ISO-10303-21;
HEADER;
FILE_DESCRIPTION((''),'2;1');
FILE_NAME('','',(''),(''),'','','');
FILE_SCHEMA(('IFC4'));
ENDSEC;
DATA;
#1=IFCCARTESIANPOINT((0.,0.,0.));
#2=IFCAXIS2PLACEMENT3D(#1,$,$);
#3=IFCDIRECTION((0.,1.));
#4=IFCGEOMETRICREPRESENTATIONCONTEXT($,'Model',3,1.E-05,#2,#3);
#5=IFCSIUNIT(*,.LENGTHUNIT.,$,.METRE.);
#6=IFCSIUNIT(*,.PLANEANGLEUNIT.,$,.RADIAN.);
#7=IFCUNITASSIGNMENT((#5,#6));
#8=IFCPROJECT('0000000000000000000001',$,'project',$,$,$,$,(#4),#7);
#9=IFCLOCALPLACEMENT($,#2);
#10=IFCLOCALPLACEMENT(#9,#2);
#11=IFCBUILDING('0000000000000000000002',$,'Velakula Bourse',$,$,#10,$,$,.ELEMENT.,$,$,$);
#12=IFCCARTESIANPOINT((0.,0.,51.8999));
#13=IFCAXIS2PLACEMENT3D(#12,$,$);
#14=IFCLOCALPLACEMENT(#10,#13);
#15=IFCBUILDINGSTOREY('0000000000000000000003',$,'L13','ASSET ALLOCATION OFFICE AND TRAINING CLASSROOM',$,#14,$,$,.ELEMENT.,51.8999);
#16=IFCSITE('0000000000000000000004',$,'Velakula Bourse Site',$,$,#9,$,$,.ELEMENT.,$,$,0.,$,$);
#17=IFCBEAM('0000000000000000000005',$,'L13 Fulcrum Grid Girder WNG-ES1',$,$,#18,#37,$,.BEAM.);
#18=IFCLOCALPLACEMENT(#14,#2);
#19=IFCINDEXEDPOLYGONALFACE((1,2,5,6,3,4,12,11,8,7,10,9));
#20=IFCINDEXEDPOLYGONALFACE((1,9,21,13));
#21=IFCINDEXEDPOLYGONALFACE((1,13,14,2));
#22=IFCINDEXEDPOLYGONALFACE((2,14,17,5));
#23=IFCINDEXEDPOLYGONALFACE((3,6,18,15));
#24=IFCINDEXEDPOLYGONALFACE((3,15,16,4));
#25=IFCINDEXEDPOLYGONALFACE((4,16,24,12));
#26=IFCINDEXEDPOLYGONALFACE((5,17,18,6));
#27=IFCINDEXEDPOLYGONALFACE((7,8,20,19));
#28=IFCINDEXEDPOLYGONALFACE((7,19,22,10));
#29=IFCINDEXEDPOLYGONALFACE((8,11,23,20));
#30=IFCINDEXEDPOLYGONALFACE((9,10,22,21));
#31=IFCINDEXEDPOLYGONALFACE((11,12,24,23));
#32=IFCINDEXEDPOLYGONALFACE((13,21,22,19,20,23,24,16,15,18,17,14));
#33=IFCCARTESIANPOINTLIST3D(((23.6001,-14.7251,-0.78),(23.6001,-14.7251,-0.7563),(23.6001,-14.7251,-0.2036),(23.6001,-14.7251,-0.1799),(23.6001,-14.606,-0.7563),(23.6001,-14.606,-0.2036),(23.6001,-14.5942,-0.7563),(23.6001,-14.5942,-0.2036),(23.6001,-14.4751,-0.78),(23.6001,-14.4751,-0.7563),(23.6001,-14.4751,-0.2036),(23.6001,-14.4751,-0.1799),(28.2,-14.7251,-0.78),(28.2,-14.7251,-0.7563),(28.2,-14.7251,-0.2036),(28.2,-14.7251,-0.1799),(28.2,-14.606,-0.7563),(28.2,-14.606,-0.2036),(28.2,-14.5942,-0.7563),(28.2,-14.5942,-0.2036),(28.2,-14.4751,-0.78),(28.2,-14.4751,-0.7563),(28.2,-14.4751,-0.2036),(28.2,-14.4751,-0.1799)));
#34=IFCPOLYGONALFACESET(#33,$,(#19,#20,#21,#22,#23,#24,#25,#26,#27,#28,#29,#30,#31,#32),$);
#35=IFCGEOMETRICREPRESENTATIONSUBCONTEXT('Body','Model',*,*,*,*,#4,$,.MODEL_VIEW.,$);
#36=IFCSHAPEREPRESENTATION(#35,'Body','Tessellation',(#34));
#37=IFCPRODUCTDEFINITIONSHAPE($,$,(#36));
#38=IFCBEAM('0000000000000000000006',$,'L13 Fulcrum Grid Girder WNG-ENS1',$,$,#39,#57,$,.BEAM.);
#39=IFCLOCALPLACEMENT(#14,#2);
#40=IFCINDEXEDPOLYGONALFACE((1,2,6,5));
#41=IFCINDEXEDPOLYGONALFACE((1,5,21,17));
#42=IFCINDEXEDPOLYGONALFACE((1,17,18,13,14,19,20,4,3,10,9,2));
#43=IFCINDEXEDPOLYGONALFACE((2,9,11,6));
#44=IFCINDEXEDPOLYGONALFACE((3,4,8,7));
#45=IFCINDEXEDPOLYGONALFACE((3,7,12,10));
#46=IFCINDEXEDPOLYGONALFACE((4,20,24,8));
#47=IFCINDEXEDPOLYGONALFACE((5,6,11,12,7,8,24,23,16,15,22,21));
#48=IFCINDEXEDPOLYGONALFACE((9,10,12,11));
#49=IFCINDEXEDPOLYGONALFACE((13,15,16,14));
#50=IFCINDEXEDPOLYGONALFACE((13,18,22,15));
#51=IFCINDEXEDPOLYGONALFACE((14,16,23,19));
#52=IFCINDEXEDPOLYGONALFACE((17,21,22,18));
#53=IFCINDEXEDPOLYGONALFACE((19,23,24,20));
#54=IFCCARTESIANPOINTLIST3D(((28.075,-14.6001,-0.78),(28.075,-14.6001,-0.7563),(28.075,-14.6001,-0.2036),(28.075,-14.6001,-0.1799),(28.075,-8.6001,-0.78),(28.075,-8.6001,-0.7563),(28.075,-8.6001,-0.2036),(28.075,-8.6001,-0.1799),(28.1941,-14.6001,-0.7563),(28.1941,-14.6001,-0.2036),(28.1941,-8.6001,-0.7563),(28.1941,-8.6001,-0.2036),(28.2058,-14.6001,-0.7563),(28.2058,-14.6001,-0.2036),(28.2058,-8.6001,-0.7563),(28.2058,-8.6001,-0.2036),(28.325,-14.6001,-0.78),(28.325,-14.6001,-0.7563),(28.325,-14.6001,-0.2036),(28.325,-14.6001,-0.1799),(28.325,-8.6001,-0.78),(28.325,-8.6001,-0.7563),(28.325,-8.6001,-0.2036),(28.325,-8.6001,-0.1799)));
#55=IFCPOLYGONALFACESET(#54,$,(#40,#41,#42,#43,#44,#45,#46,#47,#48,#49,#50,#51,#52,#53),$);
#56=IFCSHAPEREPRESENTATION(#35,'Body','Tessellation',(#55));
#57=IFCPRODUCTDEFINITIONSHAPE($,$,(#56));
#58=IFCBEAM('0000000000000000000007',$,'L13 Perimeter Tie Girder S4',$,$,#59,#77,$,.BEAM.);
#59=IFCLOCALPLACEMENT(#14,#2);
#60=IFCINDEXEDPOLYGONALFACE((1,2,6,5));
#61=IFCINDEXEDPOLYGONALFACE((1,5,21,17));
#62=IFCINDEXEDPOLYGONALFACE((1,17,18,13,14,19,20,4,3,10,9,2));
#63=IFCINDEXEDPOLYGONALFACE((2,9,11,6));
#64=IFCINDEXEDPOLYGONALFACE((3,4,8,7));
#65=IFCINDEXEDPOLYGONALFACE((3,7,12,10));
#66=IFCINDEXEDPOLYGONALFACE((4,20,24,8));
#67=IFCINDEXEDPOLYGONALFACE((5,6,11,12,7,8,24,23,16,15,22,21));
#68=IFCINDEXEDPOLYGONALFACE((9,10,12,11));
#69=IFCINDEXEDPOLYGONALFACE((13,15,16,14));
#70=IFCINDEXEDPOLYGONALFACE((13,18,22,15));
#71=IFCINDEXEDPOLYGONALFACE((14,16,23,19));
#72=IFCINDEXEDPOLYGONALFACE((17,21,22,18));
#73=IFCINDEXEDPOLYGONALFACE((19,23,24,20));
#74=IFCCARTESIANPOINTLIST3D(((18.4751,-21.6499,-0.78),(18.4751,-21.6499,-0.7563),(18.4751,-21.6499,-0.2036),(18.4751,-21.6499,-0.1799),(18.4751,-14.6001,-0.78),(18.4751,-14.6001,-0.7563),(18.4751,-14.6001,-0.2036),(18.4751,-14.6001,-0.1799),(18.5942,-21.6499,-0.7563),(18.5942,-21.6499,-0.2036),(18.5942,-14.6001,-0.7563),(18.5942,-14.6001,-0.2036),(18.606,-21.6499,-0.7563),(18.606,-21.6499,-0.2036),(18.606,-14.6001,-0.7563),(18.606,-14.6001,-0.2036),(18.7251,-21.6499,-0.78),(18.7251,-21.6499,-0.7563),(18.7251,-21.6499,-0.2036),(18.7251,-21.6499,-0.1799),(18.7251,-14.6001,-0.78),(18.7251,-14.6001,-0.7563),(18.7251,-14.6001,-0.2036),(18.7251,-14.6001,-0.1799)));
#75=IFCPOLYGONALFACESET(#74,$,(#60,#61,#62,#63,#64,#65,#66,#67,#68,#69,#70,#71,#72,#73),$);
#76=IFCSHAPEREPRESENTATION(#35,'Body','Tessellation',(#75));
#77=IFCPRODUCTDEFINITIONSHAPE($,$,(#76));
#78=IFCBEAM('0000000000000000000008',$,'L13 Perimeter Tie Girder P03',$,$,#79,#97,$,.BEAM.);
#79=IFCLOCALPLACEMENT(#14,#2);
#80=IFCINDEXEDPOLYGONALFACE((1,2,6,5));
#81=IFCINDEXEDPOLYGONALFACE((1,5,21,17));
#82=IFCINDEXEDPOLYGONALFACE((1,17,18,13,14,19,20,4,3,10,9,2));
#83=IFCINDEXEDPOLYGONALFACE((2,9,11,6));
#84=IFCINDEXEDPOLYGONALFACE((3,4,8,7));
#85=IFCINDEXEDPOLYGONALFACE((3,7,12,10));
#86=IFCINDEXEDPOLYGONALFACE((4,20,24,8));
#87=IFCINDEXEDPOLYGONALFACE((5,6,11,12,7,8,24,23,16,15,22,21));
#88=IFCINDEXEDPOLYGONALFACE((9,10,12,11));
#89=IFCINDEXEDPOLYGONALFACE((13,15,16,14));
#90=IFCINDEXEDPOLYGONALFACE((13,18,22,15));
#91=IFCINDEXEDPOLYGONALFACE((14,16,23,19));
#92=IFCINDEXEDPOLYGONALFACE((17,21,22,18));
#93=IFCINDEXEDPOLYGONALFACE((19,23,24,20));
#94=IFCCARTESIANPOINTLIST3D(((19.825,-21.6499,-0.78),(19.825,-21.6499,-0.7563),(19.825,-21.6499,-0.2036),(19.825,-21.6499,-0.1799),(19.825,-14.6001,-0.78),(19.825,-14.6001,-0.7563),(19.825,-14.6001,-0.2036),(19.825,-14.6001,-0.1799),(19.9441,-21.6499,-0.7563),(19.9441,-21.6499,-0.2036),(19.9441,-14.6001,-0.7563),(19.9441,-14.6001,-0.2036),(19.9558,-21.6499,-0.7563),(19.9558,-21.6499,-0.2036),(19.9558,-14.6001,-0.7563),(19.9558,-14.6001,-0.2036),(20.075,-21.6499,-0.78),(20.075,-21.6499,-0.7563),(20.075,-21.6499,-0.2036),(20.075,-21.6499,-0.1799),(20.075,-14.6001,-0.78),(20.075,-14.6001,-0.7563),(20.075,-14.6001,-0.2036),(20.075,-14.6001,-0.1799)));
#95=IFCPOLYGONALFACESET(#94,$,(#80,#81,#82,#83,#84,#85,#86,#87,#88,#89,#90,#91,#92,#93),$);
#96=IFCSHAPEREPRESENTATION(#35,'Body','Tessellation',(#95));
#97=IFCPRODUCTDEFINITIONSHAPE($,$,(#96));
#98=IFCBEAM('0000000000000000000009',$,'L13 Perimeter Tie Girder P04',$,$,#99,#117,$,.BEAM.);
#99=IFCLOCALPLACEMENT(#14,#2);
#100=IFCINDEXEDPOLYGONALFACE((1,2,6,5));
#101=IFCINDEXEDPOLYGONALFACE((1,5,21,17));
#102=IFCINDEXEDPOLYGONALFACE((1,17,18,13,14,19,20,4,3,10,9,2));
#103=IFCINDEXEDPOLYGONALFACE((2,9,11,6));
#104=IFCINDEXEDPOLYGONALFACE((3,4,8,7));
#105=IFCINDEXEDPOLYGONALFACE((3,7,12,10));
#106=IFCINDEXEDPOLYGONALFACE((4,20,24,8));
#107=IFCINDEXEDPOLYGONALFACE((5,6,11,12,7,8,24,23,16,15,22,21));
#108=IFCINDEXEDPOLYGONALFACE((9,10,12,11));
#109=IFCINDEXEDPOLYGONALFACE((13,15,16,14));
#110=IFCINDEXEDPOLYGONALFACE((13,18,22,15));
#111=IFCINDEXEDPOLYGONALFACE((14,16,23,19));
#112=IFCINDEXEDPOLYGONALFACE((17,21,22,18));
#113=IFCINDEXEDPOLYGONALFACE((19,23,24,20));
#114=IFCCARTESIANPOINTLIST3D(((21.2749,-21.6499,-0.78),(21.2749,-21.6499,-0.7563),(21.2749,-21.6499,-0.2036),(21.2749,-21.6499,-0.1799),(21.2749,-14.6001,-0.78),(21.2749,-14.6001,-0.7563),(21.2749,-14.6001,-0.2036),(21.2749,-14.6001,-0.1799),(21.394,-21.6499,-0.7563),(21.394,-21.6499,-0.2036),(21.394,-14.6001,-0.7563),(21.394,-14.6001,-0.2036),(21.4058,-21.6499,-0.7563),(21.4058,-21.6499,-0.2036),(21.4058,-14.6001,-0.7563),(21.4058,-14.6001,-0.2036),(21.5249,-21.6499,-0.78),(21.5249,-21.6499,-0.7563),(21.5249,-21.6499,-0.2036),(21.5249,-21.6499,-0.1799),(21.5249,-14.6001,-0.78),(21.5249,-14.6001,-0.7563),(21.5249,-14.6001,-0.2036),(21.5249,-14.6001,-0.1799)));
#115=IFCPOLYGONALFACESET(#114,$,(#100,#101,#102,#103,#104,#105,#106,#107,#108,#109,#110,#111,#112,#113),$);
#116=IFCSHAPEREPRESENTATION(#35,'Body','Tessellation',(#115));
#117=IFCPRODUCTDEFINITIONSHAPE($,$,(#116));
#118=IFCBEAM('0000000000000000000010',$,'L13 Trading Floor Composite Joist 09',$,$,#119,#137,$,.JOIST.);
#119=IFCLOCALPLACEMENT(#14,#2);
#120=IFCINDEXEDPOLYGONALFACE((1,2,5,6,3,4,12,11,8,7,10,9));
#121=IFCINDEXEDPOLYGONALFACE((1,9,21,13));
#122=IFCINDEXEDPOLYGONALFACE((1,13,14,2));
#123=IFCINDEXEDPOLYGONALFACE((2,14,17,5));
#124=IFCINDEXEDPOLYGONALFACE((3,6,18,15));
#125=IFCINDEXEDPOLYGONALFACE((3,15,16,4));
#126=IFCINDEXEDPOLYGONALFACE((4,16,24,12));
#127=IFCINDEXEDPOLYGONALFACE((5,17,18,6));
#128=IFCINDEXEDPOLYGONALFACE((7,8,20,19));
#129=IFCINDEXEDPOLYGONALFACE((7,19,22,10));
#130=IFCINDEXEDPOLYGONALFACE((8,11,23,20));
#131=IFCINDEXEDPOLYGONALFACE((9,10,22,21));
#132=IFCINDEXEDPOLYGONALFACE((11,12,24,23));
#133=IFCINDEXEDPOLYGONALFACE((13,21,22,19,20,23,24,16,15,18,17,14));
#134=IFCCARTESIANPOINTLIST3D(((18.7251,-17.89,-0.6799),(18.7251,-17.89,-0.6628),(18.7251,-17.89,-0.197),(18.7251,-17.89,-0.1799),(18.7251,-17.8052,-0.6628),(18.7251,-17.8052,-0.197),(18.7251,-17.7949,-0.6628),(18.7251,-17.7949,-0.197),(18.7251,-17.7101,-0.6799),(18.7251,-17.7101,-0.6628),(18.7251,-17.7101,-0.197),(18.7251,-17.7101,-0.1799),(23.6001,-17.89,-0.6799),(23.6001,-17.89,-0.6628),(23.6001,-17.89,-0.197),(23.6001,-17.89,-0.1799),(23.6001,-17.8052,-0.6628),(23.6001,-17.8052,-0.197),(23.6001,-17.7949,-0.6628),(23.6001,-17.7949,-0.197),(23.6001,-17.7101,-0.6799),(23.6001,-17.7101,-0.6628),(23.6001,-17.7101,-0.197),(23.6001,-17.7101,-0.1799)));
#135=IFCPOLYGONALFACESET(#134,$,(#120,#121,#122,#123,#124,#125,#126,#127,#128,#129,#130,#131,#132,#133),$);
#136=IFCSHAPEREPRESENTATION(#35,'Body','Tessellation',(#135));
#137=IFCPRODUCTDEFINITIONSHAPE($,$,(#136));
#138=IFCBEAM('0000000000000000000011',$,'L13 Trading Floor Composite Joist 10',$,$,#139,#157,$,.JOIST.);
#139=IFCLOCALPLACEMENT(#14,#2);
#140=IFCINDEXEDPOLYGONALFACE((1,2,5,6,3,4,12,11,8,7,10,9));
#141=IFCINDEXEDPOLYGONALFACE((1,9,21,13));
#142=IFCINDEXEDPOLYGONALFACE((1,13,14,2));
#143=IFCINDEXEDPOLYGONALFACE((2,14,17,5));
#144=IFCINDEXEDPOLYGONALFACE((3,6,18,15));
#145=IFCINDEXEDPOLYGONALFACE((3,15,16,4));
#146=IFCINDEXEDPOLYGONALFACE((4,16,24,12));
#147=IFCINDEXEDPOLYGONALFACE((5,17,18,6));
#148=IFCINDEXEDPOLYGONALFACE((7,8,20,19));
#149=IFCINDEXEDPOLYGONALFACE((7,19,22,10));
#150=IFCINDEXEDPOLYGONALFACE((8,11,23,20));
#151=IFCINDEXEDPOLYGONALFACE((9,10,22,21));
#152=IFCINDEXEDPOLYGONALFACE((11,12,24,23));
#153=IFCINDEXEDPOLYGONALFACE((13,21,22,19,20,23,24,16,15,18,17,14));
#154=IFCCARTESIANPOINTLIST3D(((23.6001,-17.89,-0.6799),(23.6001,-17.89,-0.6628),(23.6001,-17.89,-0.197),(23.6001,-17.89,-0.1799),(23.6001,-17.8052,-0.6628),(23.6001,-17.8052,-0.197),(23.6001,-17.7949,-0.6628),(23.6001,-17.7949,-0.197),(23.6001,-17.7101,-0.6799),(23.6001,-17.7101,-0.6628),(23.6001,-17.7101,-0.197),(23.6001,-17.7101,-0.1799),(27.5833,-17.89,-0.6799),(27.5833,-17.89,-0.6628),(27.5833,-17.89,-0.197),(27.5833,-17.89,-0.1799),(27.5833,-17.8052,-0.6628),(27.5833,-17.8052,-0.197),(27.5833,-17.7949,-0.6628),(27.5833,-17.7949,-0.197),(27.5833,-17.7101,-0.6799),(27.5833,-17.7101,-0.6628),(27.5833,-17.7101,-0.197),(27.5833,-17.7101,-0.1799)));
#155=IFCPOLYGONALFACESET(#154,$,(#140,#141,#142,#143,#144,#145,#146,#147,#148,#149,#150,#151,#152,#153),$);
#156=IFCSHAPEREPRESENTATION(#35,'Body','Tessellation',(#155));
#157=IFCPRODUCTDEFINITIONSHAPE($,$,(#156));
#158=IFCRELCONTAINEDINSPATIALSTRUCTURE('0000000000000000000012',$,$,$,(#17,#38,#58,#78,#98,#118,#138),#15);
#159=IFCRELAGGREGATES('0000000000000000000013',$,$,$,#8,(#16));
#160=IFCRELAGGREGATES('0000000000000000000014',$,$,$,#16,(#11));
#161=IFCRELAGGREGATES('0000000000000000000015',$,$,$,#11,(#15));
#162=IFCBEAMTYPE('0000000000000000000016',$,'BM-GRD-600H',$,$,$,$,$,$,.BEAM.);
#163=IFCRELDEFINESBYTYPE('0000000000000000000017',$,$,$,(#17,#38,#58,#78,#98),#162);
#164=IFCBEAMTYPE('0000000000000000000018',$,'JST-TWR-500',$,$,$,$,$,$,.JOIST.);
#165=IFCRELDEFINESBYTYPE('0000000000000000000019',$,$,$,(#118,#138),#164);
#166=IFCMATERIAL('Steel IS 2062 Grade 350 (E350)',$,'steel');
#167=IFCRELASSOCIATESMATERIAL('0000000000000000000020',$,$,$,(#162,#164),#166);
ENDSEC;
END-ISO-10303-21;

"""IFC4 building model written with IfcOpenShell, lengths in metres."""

from ifc_helpers import new_model, si_unit, direction, frame, origin, origin_2d, place, context, subcontext, project, spatial, i_section, extrude, material, material_profile, profile_set, type_object, element, save


model = new_model("IFC4")

# Units and contexts
model_context = context("Model", 3, precision=1e-05, world=origin(), true_north=direction((0.0, 1.0)))
body_context = subcontext(model_context, "Body", "Model", "MODEL_VIEW")
ifc_project = project(units=[si_unit("LENGTHUNIT", "METRE"), si_unit("PLANEANGLEUNIT", "RADIAN")], contexts=[model_context])

# Site, building, storey
site_placement = place(None, origin())
site = spatial("IfcSite", under=ifc_project, at=site_placement, Name="Velakula Bourse Site", CompositionType="ELEMENT", RefElevation=0.0)
building_placement = place(site_placement, origin())
building = spatial("IfcBuilding", under=site, at=building_placement, Name="Velakula Bourse", CompositionType="ELEMENT")
storey_placement = place(building_placement, frame((0.0, 0.0, 51.8999)))
storey = spatial("IfcBuildingStorey", under=building, at=storey_placement, Name="L13", Description="ASSET ALLOCATION OFFICE AND TRAINING CLASSROOM", CompositionType="ELEMENT", Elevation=51.8999)

# Beams
ifc_material_1 = material(Name="Steel IS 2062 Grade 350 (E350)", Category="steel")
ifc_material_profile_1 = material_profile(ifc_material_1, i_section(OverallWidth=0.25, OverallDepth=0.6001, WebThickness=0.0117, FlangeThickness=0.0237, at=origin_2d()), Name="Steel IS 2062 Grade 350 (E350)")
ifc_profile_set_1 = profile_set([ifc_material_profile_1], Name="Steel IS 2062 Grade 350 (E350)")
beam_type_1 = type_object("IfcBeamType", Name="BM-GRD-600H", PredefinedType="BEAM", material=ifc_profile_set_1)
beam_1_placement = place(storey_placement, frame((23.6001, -14.6001, -0.48), z_axis=(1.0, 0.0, 0.0), x_axis=(0.0, 1.0, 0.0)))
element("IfcBeam", 1, at=beam_1_placement, inside=storey, type_object=beam_type_1, Name="L13 Fulcrum Grid Girder WNG-ES1", PredefinedType="BEAM", context=body_context, shape_type="SweptSolid", body=[
    extrude(i_section(OverallWidth=0.25, OverallDepth=0.6001, WebThickness=0.0117, FlangeThickness=0.0237, at=origin_2d()), origin(), (0.0, 0.0, 1.0), 4.5999),
])
beam_2_placement = place(storey_placement, frame((28.2, -14.6001, -0.48), z_axis=(0.0, 1.0, 0.0), x_axis=(-1.0, 0.0, 0.0)))
element("IfcBeam", 2, at=beam_2_placement, inside=storey, type_object=beam_type_1, Name="L13 Fulcrum Grid Girder WNG-ENS1", PredefinedType="BEAM", context=body_context, shape_type="SweptSolid", body=[
    extrude(i_section(OverallWidth=0.25, OverallDepth=0.6001, WebThickness=0.0117, FlangeThickness=0.0237, at=origin_2d()), origin(), (0.0, 0.0, 1.0), 6.0),
])
for number, where, z_axis, x_axis, name in (
    (3, (18.6001, -14.6001, -0.48), (0.0, -1.0, 0.0), (1.0, 0.0, 0.0), "L13 Perimeter Tie Girder S4"),
    (4, (19.95, -14.6001, -0.48), (0.0, -1.0, 0.0), (1.0, 0.0, 0.0), "L13 Perimeter Tie Girder P03"),
    (5, (21.3999, -14.6001, -0.48), (0.0, -1.0, 0.0), (1.0, 0.0, 0.0), "L13 Perimeter Tie Girder P04"),
):
    element("IfcBeam", number, at=place(storey_placement, frame(where, z_axis=z_axis, x_axis=x_axis)), inside=storey, type_object=beam_type_1, Name=name, PredefinedType="BEAM", context=body_context, shape_type="SweptSolid", body=[
        extrude(i_section(OverallWidth=0.25, OverallDepth=0.6001, WebThickness=0.0117, FlangeThickness=0.0237, at=origin_2d()), origin(), (0.0, 0.0, 1.0), 7.0498),
    ])
ifc_material_profile_2 = material_profile(ifc_material_1, i_section(OverallWidth=0.1799, OverallDepth=0.5, WebThickness=0.0103, FlangeThickness=0.0171, at=origin_2d()), Name="Steel IS 2062 Grade 350 (E350)")
ifc_profile_set_2 = profile_set([ifc_material_profile_2], Name="Steel IS 2062 Grade 350 (E350)")
beam_type_2 = type_object("IfcBeamType", Name="JST-TWR-500", PredefinedType="JOIST", material=ifc_profile_set_2)
beam_3_placement = place(storey_placement, frame((18.7251, -17.8, -0.4299), z_axis=(1.0, 0.0, 0.0), x_axis=(0.0, 1.0, 0.0)))
element("IfcBeam", 6, at=beam_3_placement, inside=storey, type_object=beam_type_2, Name="L13 Trading Floor Composite Joist 09", PredefinedType="JOIST", context=body_context, shape_type="SweptSolid", body=[
    extrude(i_section(OverallWidth=0.1799, OverallDepth=0.5, WebThickness=0.0103, FlangeThickness=0.0171, at=origin_2d()), origin(), (0.0, 0.0, 1.0), 4.875),
])
beam_4_placement = place(storey_placement, frame((23.6001, -17.8, -0.4299), z_axis=(1.0, 0.0, 0.0), x_axis=(0.0, 1.0, 0.0)))
element("IfcBeam", 7, at=beam_4_placement, inside=storey, type_object=beam_type_2, Name="L13 Trading Floor Composite Joist 10", PredefinedType="JOIST", context=body_context, shape_type="SweptSolid", body=[
    extrude(i_section(OverallWidth=0.1799, OverallDepth=0.5, WebThickness=0.0103, FlangeThickness=0.0171, at=origin_2d()), origin(), (0.0, 0.0, 1.0), 3.9832),
])

save(model, "model.ifc")
